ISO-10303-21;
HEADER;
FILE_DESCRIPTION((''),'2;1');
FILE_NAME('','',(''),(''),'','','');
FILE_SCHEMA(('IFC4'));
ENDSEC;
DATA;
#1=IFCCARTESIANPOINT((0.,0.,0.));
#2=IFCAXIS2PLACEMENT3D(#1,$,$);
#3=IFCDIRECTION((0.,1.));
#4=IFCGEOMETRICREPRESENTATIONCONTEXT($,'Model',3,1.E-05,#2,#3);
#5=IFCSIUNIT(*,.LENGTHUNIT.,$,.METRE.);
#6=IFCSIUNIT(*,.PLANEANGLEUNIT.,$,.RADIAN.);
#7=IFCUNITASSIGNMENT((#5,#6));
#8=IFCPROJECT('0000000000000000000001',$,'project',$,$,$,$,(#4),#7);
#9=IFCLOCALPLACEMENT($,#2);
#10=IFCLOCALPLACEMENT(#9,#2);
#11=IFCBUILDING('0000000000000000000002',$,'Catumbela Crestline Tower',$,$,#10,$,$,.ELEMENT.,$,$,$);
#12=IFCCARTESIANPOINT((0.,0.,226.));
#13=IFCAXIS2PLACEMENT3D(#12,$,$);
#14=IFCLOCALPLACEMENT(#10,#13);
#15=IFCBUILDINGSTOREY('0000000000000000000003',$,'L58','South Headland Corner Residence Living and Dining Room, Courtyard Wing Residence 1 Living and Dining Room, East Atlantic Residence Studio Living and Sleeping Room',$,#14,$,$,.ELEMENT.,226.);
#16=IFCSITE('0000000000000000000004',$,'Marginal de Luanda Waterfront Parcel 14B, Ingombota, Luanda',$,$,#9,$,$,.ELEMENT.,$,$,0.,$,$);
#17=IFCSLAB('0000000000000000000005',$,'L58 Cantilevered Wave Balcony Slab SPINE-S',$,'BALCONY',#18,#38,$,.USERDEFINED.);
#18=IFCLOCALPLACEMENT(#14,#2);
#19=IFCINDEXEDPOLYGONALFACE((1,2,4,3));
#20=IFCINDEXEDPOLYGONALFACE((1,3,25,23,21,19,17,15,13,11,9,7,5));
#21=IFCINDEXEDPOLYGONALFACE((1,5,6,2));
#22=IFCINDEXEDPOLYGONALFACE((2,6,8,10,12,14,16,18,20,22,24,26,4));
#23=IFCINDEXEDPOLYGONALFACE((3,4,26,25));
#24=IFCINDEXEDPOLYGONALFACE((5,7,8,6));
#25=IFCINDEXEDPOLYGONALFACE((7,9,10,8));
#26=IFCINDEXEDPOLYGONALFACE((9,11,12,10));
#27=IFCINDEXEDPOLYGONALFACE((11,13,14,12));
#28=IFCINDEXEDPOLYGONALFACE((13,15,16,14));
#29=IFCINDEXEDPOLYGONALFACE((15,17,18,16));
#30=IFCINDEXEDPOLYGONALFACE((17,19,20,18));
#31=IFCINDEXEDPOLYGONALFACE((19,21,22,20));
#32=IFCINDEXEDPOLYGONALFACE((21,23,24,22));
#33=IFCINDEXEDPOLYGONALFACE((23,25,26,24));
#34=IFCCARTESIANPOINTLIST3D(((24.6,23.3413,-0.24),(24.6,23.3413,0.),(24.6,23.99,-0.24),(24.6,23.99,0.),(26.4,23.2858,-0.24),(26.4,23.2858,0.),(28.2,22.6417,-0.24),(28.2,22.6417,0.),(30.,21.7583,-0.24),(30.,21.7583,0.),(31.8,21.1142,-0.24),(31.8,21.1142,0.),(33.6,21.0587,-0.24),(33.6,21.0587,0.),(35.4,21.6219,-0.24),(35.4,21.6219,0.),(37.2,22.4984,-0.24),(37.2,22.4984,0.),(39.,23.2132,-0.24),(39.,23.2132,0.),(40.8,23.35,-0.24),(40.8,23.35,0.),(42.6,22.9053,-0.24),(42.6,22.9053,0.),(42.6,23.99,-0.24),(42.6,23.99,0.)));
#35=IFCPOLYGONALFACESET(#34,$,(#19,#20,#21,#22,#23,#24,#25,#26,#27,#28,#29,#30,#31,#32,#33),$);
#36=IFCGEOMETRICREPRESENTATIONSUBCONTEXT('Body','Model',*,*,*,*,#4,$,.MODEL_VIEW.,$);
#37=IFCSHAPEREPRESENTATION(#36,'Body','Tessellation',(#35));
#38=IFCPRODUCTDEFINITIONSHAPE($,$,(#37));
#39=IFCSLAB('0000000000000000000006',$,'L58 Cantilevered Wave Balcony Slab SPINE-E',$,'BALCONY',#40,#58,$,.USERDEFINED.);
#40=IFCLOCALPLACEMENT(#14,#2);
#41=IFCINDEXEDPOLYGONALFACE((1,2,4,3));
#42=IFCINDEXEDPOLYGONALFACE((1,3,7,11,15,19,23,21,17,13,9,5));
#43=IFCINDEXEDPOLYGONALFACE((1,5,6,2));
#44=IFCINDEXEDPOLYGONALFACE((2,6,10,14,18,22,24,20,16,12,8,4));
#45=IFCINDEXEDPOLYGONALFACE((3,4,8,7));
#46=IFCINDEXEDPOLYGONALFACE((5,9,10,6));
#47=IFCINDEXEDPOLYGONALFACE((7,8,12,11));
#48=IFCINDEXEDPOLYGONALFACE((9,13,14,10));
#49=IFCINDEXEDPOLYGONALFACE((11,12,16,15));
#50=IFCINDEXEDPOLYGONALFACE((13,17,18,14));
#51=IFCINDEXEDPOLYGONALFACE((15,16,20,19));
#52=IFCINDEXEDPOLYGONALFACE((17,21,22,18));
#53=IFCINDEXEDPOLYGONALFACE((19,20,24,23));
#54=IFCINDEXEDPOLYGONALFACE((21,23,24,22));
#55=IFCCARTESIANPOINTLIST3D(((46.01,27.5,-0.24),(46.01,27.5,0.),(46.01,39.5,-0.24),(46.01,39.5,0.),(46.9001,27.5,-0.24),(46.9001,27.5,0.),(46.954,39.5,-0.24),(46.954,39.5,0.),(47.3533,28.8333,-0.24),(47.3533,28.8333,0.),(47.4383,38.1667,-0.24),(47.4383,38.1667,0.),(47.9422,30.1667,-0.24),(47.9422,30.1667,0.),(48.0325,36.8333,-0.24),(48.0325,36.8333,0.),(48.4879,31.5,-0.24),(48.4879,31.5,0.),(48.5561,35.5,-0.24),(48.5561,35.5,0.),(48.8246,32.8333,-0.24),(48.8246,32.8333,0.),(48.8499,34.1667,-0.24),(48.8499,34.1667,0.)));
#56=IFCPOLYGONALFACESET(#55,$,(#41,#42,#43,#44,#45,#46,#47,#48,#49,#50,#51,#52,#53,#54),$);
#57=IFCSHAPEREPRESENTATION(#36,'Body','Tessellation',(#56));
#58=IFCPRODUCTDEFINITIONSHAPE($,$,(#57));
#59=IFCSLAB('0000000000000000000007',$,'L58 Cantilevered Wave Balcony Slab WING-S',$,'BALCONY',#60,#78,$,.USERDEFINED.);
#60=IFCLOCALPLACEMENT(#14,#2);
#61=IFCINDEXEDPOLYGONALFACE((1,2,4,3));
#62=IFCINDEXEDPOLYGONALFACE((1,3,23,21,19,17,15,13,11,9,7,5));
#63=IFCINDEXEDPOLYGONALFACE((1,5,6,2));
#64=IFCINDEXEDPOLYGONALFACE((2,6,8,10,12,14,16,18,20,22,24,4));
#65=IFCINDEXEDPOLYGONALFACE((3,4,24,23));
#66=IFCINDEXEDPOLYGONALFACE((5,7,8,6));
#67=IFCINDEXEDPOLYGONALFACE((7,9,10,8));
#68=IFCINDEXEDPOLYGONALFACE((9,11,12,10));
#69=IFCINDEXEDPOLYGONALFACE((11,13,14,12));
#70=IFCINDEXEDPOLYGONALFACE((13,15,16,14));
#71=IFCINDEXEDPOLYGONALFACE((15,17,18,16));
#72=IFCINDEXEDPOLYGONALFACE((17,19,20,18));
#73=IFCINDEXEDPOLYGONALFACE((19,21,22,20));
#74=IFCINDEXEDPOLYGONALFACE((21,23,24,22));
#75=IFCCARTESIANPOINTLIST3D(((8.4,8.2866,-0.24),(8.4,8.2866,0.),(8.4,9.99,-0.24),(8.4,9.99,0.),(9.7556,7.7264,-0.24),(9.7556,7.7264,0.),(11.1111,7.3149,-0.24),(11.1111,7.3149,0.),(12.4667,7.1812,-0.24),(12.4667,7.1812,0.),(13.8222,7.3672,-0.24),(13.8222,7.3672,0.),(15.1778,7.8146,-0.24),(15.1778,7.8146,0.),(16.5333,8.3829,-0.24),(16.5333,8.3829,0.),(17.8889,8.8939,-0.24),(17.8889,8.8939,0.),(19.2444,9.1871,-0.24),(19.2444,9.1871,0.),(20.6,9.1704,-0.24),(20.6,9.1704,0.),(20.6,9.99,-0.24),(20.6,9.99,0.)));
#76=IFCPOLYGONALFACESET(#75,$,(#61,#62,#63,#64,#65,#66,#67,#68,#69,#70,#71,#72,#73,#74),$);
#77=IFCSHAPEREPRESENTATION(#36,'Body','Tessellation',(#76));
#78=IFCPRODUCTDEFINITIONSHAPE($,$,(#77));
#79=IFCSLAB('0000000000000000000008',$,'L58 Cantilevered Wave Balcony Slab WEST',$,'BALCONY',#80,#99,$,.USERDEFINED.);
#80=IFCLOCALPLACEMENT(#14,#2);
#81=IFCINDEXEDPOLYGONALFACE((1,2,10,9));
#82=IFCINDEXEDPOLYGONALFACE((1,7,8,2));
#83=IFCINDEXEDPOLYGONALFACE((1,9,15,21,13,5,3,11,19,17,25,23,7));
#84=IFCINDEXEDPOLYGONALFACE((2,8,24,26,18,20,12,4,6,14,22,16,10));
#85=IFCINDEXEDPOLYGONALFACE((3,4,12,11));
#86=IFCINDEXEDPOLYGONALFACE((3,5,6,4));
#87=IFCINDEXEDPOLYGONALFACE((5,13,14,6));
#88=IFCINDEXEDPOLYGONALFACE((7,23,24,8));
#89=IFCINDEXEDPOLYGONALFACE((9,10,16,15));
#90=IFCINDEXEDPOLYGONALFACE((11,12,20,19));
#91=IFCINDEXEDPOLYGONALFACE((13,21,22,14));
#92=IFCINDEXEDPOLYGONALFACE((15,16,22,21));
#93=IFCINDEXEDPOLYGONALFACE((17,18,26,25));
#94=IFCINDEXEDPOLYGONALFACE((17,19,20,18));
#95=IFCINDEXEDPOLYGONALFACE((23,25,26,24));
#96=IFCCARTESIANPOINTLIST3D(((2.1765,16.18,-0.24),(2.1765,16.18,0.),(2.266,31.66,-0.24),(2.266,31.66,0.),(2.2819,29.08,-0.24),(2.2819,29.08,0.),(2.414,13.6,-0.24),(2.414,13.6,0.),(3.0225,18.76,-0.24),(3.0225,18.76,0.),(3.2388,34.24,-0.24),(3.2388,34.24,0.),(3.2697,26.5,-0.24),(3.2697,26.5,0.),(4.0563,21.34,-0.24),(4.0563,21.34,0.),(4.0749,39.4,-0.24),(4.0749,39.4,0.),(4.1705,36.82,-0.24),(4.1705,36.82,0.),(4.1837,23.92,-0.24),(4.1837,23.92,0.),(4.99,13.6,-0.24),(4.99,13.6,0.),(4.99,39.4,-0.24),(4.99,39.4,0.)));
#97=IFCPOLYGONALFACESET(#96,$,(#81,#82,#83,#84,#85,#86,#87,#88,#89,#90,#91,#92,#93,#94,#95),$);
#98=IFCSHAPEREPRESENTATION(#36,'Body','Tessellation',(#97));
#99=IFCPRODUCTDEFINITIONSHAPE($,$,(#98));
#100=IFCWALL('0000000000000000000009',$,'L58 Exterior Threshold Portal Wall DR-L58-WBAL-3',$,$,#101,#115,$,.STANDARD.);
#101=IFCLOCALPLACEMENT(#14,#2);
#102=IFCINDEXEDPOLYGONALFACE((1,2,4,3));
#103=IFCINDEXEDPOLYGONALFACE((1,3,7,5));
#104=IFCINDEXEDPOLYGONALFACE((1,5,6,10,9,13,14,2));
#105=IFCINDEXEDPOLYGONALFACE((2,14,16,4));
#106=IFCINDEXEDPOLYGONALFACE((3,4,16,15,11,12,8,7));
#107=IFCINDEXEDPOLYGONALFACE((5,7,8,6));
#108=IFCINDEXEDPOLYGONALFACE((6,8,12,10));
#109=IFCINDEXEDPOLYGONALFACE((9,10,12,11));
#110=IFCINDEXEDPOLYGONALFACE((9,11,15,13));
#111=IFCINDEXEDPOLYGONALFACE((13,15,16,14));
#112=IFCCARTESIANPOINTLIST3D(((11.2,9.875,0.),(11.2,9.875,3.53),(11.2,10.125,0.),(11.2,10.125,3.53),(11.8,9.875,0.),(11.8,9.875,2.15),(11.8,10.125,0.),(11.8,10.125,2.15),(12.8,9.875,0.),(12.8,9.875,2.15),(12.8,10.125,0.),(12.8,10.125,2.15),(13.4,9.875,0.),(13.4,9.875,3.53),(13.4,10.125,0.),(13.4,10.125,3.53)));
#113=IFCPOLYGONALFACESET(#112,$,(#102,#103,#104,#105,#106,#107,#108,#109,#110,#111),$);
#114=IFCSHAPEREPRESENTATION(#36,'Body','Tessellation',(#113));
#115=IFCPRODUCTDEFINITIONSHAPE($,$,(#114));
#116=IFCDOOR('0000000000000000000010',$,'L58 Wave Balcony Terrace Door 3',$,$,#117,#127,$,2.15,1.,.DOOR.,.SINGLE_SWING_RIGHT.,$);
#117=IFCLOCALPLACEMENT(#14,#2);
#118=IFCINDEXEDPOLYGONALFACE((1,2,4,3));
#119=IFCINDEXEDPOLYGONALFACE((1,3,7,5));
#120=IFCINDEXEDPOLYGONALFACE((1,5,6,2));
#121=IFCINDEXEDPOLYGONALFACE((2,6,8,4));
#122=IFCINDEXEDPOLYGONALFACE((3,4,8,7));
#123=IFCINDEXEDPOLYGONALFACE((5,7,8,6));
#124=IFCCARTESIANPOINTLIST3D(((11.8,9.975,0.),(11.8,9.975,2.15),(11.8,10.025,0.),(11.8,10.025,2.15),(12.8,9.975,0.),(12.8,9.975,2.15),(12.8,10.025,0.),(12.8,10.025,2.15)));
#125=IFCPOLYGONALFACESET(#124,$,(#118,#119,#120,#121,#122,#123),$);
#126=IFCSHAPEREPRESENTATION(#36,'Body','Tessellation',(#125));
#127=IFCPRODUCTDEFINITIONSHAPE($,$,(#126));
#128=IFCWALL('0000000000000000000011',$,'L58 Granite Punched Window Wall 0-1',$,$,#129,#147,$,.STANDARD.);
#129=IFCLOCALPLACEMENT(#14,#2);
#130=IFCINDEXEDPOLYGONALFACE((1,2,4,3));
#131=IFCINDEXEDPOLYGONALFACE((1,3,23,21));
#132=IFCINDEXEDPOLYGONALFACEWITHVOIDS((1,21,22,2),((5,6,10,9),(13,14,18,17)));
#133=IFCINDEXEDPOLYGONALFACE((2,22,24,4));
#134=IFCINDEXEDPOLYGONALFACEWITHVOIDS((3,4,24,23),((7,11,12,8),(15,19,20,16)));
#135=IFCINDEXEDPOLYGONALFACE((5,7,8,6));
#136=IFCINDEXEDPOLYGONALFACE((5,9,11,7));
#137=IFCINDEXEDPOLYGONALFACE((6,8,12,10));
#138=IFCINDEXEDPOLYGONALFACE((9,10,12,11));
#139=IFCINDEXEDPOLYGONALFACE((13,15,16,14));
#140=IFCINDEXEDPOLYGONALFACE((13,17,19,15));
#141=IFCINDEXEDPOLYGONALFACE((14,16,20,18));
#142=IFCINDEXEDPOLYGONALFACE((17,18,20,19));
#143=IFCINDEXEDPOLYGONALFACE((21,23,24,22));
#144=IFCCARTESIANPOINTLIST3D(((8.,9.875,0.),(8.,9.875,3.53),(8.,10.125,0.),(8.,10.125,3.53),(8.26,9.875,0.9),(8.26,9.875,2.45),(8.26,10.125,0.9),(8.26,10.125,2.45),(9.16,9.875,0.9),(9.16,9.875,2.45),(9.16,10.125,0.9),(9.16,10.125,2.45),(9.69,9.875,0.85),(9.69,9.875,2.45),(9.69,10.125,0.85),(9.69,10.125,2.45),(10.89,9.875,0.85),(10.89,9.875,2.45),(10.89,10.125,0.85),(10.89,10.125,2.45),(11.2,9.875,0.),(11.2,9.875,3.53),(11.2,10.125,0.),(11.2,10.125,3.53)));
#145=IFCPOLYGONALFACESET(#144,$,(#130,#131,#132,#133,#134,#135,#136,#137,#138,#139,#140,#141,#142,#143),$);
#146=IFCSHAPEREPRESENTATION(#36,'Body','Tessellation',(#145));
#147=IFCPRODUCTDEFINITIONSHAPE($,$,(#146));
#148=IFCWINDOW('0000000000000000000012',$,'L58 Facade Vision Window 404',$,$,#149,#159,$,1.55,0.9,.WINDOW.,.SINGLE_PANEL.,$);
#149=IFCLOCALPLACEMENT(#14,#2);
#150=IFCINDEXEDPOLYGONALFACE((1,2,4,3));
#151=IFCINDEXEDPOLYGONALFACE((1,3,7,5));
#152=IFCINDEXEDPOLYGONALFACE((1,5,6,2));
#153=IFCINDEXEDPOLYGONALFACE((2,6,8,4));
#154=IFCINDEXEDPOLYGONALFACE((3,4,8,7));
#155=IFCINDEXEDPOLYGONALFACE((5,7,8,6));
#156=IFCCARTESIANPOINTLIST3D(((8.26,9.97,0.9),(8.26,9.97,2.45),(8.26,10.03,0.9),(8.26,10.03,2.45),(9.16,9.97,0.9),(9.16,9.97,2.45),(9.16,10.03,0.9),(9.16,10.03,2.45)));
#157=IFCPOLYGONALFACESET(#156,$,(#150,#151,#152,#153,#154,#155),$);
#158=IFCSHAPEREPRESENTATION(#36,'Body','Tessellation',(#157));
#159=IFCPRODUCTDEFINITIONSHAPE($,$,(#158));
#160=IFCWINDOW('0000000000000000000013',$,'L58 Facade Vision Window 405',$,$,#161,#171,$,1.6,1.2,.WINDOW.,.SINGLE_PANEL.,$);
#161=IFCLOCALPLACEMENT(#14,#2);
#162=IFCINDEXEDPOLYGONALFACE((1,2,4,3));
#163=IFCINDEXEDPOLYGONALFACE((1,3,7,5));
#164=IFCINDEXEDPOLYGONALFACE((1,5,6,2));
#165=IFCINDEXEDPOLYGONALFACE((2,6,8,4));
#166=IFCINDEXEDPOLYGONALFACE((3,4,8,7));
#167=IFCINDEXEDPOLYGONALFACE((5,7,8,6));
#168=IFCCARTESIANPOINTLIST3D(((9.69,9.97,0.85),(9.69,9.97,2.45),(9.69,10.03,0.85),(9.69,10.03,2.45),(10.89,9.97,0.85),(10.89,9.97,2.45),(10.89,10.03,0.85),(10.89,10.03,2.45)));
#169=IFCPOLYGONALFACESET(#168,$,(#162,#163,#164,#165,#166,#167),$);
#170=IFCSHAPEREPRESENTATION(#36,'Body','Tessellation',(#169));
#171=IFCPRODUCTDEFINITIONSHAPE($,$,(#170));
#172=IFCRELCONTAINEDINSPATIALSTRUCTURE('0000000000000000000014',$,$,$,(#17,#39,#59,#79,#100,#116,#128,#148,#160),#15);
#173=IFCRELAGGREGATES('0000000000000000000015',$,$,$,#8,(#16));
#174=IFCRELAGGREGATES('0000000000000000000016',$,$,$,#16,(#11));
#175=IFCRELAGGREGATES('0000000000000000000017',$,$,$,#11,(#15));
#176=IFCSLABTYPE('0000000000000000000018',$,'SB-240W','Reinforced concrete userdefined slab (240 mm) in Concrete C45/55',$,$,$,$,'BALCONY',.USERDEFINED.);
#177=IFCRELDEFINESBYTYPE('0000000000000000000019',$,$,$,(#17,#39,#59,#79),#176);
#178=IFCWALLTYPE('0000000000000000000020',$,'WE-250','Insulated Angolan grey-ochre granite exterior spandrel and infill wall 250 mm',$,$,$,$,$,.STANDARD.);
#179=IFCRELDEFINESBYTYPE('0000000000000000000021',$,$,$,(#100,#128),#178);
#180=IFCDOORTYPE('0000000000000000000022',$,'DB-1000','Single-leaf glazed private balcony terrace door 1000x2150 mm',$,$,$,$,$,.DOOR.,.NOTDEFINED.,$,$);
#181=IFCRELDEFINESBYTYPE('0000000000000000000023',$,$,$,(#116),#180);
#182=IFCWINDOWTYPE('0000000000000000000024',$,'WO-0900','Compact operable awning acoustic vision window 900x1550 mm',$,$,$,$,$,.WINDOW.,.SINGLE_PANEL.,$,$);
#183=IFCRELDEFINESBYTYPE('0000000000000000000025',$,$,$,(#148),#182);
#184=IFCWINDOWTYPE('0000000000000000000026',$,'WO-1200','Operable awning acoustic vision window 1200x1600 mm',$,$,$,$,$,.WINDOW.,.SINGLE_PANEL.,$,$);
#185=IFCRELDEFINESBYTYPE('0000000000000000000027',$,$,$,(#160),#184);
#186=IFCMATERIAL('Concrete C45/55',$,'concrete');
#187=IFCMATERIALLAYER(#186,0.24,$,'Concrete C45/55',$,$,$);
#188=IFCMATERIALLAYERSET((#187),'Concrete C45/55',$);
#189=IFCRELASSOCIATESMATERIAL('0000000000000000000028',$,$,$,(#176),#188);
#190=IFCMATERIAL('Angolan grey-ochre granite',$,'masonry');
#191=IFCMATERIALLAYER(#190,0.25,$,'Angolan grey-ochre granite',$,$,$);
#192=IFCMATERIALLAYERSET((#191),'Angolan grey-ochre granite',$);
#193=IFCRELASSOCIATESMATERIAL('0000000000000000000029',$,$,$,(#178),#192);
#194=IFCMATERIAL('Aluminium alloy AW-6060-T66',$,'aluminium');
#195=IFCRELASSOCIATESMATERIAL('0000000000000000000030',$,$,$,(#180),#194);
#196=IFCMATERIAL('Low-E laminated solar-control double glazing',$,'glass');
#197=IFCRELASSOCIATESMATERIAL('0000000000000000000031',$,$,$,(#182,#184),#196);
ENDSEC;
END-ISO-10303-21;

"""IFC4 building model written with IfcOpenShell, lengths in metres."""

from ifc_helpers import new_model, si_unit, direction, frame, frame_2d, origin, place, context, subcontext, project, spatial, polyline, rectangle, outline, extrude, material, layer, layer_set, type_object, element, fill, save


model = new_model("IFC4")

# Units and contexts
model_context = context("Model", 3, precision=1e-05, world=origin(), true_north=direction((0.0, 1.0)))
body_context = subcontext(model_context, "Body", "Model", "MODEL_VIEW")
ifc_project = project(units=[si_unit("LENGTHUNIT", "METRE"), si_unit("PLANEANGLEUNIT", "RADIAN")], contexts=[model_context])

# Site, building, storey
site_placement = place(None, origin())
site = spatial("IfcSite", under=ifc_project, at=site_placement, Name="Marginal de Luanda Waterfront Parcel 14B, Ingombota, Luanda", CompositionType="ELEMENT", RefElevation=0.0)
building_placement = place(site_placement, origin())
building = spatial("IfcBuilding", under=site, at=building_placement, Name="Catumbela Crestline Tower", CompositionType="ELEMENT")
storey_placement = place(building_placement, frame((0.0, 0.0, 226.0)))
storey = spatial("IfcBuildingStorey", under=building, at=storey_placement, Name="L58", Description="South Headland Corner Residence Living and Dining Room, Courtyard Wing Residence 1 Living and Dining Room, East Atlantic Residence Studio Living and Sleeping Room", CompositionType="ELEMENT", Elevation=226.0)

# Shared definitions
ifc_material_1 = material(Name="Aluminium alloy AW-6060-T66", Category="aluminium")
ifc_material_2 = material(Name="Low-E laminated solar-control double glazing", Category="glass")

# Shared definitions
ifc_material_3 = material(Name="Concrete C45/55", Category="concrete")

# Slabs
ifc_layer_1 = layer(ifc_material_3, 0.24, Name="Concrete C45/55")
ifc_layer_set_1 = layer_set([ifc_layer_1], Name="Concrete C45/55")
slab_type_1 = type_object("IfcSlabType", Name="SB-240W", Description="Reinforced concrete userdefined slab (240 mm) in Concrete C45/55", ElementType="BALCONY", PredefinedType="USERDEFINED", material=ifc_layer_set_1)
slab_1_placement = place(storey_placement, frame((0.0, 0.0, -0.24)))
element("IfcSlab", 1, at=slab_1_placement, inside=storey, type_object=slab_type_1, Name="L58 Cantilevered Wave Balcony Slab SPINE-S", ObjectType="BALCONY", PredefinedType="USERDEFINED", context=body_context, shape_type="SweptSolid", body=[
    extrude(outline(polyline([(24.6, 23.3413), (26.4, 23.2858), (28.2, 22.6417), (30.0, 21.7583), (31.8, 21.1142), (33.6, 21.0587), (35.4, 21.6219), (37.2, 22.4984), (39.0, 23.2132), (40.8, 23.35), (42.6, 22.9053), (42.6, 23.99), (24.6, 23.99), (24.6, 23.3413)])), origin(), (0.0, 0.0, 1.0), 0.24),
])
slab_2_placement = place(storey_placement, frame((0.0, 0.0, -0.24)))
element("IfcSlab", 2, at=slab_2_placement, inside=storey, type_object=slab_type_1, Name="L58 Cantilevered Wave Balcony Slab SPINE-E", ObjectType="BALCONY", PredefinedType="USERDEFINED", context=body_context, shape_type="SweptSolid", body=[
    extrude(outline(polyline([(46.01, 27.5), (46.9001, 27.5), (47.3533, 28.8333), (47.9422, 30.1667), (48.4879, 31.5), (48.8246, 32.8333), (48.8499, 34.1667), (48.5561, 35.5), (48.0325, 36.8333), (47.4383, 38.1667), (46.954, 39.5), (46.01, 39.5), (46.01, 27.5)])), origin(), (0.0, 0.0, 1.0), 0.24),
])
slab_3_placement = place(storey_placement, frame((0.0, 0.0, -0.24)))
element("IfcSlab", 3, at=slab_3_placement, inside=storey, type_object=slab_type_1, Name="L58 Cantilevered Wave Balcony Slab WING-S", ObjectType="BALCONY", PredefinedType="USERDEFINED", context=body_context, shape_type="SweptSolid", body=[
    extrude(outline(polyline([(8.4, 8.2866), (9.7556, 7.7264), (11.1111, 7.3149), (12.4667, 7.1812), (13.8222, 7.3672), (15.1778, 7.8146), (16.5333, 8.3829), (17.8889, 8.8939), (19.2444, 9.1871), (20.6, 9.1704), (20.6, 9.99), (8.4, 9.99), (8.4, 8.2866)])), origin(), (0.0, 0.0, 1.0), 0.24),
])
slab_4_placement = place(storey_placement, frame((0.0, 0.0, -0.24)))
element("IfcSlab", 4, at=slab_4_placement, inside=storey, type_object=slab_type_1, Name="L58 Cantilevered Wave Balcony Slab WEST", ObjectType="BALCONY", PredefinedType="USERDEFINED", context=body_context, shape_type="SweptSolid", body=[
    extrude(outline(polyline([(4.99, 39.4), (4.0749, 39.4), (4.1705, 36.82), (3.2388, 34.24), (2.266, 31.66), (2.2819, 29.08), (3.2697, 26.5), (4.1837, 23.92), (4.0563, 21.34), (3.0225, 18.76), (2.1765, 16.18), (2.414, 13.6), (4.99, 13.6), (4.99, 39.4)])), origin(), (0.0, 0.0, 1.0), 0.24),
])

# Wall, opening, door
ifc_material_4 = material(Name="Angolan grey-ochre granite", Category="masonry")
ifc_layer_2 = layer(ifc_material_4, 0.25, Name="Angolan grey-ochre granite")
ifc_layer_set_2 = layer_set([ifc_layer_2], Name="Angolan grey-ochre granite")
wall_type = type_object("IfcWallType", Name="WE-250", Description="Insulated Angolan grey-ochre granite exterior spandrel and infill wall 250 mm", PredefinedType="STANDARD", material=ifc_layer_set_2)
wall_1_placement = place(storey_placement, frame((11.2, 10.0, 0.0), z_axis=(0.0, 0.0, 1.0), x_axis=(1.0, 0.0, 0.0)))
wall_1 = element("IfcWall", 5, at=wall_1_placement, inside=storey, type_object=wall_type, Name="L58 Exterior Threshold Portal Wall DR-L58-WBAL-3", PredefinedType="STANDARD", context=body_context, shape_type="SweptSolid", body=[
    extrude(rectangle(XDim=2.2, YDim=0.25, at=frame_2d((1.1, 0.0))), origin(), (0.0, 0.0, 1.0), 3.53),
])
opening_1_placement = place(wall_1_placement, frame((0.6, 0.0, 0.0)))
opening_1 = element("IfcOpeningElement", 6, at=opening_1_placement, cuts=wall_1, PredefinedType="OPENING", context=body_context, shape_type="SweptSolid", body=[
    extrude(rectangle(XDim=1.0, YDim=2.15, at=frame_2d((0.5, 1.075))), frame((0.0, 0.135, 0.0), z_axis=(0.0, -1.0, 0.0), x_axis=(1.0, 0.0, 0.0)), (0.0, 0.0, 1.0), 0.27),
])
door_type = type_object("IfcDoorType", Name="DB-1000", Description="Single-leaf glazed private balcony terrace door 1000x2150 mm", OperationType="NOTDEFINED", PredefinedType="DOOR", material=ifc_material_1)
door_placement = place(opening_1_placement, origin())
door = element("IfcDoor", 7, at=door_placement, inside=storey, type_object=door_type, Name="L58 Wave Balcony Terrace Door 3", OperationType="SINGLE_SWING_RIGHT", OverallHeight=2.15, OverallWidth=1.0, PredefinedType="DOOR", context=body_context, shape_type="SweptSolid", body=[
    extrude(rectangle(XDim=1.0, YDim=2.15, at=frame_2d((0.5, 1.075))), frame((0.0, 0.025, 0.0), z_axis=(0.0, -1.0, 0.0), x_axis=(1.0, 0.0, 0.0)), (0.0, 0.0, 1.0), 0.05),
])
fill(opening_1, door)

# Wall, openings, windows
wall_2_placement = place(storey_placement, frame((8.0, 10.0, 0.0), z_axis=(0.0, 0.0, 1.0), x_axis=(1.0, 0.0, 0.0)))
wall_2 = element("IfcWall", 8, at=wall_2_placement, inside=storey, type_object=wall_type, Name="L58 Granite Punched Window Wall 0-1", PredefinedType="STANDARD", context=body_context, shape_type="SweptSolid", body=[
    extrude(rectangle(XDim=3.2, YDim=0.25, at=frame_2d((1.6, 0.0))), origin(), (0.0, 0.0, 1.0), 3.53),
])
opening_2_placement = place(wall_2_placement, frame((0.26, 0.0, 0.9)))
opening_2 = element("IfcOpeningElement", 9, at=opening_2_placement, cuts=wall_2, PredefinedType="OPENING", context=body_context, shape_type="SweptSolid", body=[
    extrude(rectangle(XDim=0.9, YDim=1.55, at=frame_2d((0.45, 0.775))), frame((0.0, 0.135, 0.0), z_axis=(0.0, -1.0, 0.0), x_axis=(1.0, 0.0, 0.0)), (0.0, 0.0, 1.0), 0.27),
])
opening_3_placement = place(wall_2_placement, frame((1.69, 0.0, 0.85)))
opening_3 = element("IfcOpeningElement", 10, at=opening_3_placement, cuts=wall_2, PredefinedType="OPENING", context=body_context, shape_type="SweptSolid", body=[
    extrude(rectangle(XDim=1.2, YDim=1.6, at=frame_2d((0.6, 0.8))), frame((0.0, 0.135, 0.0), z_axis=(0.0, -1.0, 0.0), x_axis=(1.0, 0.0, 0.0)), (0.0, 0.0, 1.0), 0.27),
])
window_type_1 = type_object("IfcWindowType", Name="WO-0900", Description="Compact operable awning acoustic vision window 900x1550 mm", PartitioningType="SINGLE_PANEL", PredefinedType="WINDOW", material=ifc_material_2)
window_1_placement = place(opening_2_placement, origin())
window_1 = element("IfcWindow", 11, at=window_1_placement, inside=storey, type_object=window_type_1, Name="L58 Facade Vision Window 404", OverallHeight=1.55, OverallWidth=0.9, PartitioningType="SINGLE_PANEL", PredefinedType="WINDOW", context=body_context, shape_type="SweptSolid", body=[
    extrude(rectangle(XDim=0.9, YDim=1.55, at=frame_2d((0.45, 0.775))), frame((0.0, 0.03, 0.0), z_axis=(0.0, -1.0, 0.0), x_axis=(1.0, 0.0, 0.0)), (0.0, 0.0, 1.0), 0.06),
])
fill(opening_2, window_1)
window_type_2 = type_object("IfcWindowType", Name="WO-1200", Description="Operable awning acoustic vision window 1200x1600 mm", PartitioningType="SINGLE_PANEL", PredefinedType="WINDOW", material=ifc_material_2)
window_2_placement = place(opening_3_placement, origin())
window_2 = element("IfcWindow", 12, at=window_2_placement, inside=storey, type_object=window_type_2, Name="L58 Facade Vision Window 405", OverallHeight=1.6, OverallWidth=1.2, PartitioningType="SINGLE_PANEL", PredefinedType="WINDOW", context=body_context, shape_type="SweptSolid", body=[
    extrude(rectangle(XDim=1.2, YDim=1.6, at=frame_2d((0.6, 0.8))), frame((0.0, 0.03, 0.0), z_axis=(0.0, -1.0, 0.0), x_axis=(1.0, 0.0, 0.0)), (0.0, 0.0, 1.0), 0.06),
])
fill(opening_3, window_2)

save(model, "model.ifc")
